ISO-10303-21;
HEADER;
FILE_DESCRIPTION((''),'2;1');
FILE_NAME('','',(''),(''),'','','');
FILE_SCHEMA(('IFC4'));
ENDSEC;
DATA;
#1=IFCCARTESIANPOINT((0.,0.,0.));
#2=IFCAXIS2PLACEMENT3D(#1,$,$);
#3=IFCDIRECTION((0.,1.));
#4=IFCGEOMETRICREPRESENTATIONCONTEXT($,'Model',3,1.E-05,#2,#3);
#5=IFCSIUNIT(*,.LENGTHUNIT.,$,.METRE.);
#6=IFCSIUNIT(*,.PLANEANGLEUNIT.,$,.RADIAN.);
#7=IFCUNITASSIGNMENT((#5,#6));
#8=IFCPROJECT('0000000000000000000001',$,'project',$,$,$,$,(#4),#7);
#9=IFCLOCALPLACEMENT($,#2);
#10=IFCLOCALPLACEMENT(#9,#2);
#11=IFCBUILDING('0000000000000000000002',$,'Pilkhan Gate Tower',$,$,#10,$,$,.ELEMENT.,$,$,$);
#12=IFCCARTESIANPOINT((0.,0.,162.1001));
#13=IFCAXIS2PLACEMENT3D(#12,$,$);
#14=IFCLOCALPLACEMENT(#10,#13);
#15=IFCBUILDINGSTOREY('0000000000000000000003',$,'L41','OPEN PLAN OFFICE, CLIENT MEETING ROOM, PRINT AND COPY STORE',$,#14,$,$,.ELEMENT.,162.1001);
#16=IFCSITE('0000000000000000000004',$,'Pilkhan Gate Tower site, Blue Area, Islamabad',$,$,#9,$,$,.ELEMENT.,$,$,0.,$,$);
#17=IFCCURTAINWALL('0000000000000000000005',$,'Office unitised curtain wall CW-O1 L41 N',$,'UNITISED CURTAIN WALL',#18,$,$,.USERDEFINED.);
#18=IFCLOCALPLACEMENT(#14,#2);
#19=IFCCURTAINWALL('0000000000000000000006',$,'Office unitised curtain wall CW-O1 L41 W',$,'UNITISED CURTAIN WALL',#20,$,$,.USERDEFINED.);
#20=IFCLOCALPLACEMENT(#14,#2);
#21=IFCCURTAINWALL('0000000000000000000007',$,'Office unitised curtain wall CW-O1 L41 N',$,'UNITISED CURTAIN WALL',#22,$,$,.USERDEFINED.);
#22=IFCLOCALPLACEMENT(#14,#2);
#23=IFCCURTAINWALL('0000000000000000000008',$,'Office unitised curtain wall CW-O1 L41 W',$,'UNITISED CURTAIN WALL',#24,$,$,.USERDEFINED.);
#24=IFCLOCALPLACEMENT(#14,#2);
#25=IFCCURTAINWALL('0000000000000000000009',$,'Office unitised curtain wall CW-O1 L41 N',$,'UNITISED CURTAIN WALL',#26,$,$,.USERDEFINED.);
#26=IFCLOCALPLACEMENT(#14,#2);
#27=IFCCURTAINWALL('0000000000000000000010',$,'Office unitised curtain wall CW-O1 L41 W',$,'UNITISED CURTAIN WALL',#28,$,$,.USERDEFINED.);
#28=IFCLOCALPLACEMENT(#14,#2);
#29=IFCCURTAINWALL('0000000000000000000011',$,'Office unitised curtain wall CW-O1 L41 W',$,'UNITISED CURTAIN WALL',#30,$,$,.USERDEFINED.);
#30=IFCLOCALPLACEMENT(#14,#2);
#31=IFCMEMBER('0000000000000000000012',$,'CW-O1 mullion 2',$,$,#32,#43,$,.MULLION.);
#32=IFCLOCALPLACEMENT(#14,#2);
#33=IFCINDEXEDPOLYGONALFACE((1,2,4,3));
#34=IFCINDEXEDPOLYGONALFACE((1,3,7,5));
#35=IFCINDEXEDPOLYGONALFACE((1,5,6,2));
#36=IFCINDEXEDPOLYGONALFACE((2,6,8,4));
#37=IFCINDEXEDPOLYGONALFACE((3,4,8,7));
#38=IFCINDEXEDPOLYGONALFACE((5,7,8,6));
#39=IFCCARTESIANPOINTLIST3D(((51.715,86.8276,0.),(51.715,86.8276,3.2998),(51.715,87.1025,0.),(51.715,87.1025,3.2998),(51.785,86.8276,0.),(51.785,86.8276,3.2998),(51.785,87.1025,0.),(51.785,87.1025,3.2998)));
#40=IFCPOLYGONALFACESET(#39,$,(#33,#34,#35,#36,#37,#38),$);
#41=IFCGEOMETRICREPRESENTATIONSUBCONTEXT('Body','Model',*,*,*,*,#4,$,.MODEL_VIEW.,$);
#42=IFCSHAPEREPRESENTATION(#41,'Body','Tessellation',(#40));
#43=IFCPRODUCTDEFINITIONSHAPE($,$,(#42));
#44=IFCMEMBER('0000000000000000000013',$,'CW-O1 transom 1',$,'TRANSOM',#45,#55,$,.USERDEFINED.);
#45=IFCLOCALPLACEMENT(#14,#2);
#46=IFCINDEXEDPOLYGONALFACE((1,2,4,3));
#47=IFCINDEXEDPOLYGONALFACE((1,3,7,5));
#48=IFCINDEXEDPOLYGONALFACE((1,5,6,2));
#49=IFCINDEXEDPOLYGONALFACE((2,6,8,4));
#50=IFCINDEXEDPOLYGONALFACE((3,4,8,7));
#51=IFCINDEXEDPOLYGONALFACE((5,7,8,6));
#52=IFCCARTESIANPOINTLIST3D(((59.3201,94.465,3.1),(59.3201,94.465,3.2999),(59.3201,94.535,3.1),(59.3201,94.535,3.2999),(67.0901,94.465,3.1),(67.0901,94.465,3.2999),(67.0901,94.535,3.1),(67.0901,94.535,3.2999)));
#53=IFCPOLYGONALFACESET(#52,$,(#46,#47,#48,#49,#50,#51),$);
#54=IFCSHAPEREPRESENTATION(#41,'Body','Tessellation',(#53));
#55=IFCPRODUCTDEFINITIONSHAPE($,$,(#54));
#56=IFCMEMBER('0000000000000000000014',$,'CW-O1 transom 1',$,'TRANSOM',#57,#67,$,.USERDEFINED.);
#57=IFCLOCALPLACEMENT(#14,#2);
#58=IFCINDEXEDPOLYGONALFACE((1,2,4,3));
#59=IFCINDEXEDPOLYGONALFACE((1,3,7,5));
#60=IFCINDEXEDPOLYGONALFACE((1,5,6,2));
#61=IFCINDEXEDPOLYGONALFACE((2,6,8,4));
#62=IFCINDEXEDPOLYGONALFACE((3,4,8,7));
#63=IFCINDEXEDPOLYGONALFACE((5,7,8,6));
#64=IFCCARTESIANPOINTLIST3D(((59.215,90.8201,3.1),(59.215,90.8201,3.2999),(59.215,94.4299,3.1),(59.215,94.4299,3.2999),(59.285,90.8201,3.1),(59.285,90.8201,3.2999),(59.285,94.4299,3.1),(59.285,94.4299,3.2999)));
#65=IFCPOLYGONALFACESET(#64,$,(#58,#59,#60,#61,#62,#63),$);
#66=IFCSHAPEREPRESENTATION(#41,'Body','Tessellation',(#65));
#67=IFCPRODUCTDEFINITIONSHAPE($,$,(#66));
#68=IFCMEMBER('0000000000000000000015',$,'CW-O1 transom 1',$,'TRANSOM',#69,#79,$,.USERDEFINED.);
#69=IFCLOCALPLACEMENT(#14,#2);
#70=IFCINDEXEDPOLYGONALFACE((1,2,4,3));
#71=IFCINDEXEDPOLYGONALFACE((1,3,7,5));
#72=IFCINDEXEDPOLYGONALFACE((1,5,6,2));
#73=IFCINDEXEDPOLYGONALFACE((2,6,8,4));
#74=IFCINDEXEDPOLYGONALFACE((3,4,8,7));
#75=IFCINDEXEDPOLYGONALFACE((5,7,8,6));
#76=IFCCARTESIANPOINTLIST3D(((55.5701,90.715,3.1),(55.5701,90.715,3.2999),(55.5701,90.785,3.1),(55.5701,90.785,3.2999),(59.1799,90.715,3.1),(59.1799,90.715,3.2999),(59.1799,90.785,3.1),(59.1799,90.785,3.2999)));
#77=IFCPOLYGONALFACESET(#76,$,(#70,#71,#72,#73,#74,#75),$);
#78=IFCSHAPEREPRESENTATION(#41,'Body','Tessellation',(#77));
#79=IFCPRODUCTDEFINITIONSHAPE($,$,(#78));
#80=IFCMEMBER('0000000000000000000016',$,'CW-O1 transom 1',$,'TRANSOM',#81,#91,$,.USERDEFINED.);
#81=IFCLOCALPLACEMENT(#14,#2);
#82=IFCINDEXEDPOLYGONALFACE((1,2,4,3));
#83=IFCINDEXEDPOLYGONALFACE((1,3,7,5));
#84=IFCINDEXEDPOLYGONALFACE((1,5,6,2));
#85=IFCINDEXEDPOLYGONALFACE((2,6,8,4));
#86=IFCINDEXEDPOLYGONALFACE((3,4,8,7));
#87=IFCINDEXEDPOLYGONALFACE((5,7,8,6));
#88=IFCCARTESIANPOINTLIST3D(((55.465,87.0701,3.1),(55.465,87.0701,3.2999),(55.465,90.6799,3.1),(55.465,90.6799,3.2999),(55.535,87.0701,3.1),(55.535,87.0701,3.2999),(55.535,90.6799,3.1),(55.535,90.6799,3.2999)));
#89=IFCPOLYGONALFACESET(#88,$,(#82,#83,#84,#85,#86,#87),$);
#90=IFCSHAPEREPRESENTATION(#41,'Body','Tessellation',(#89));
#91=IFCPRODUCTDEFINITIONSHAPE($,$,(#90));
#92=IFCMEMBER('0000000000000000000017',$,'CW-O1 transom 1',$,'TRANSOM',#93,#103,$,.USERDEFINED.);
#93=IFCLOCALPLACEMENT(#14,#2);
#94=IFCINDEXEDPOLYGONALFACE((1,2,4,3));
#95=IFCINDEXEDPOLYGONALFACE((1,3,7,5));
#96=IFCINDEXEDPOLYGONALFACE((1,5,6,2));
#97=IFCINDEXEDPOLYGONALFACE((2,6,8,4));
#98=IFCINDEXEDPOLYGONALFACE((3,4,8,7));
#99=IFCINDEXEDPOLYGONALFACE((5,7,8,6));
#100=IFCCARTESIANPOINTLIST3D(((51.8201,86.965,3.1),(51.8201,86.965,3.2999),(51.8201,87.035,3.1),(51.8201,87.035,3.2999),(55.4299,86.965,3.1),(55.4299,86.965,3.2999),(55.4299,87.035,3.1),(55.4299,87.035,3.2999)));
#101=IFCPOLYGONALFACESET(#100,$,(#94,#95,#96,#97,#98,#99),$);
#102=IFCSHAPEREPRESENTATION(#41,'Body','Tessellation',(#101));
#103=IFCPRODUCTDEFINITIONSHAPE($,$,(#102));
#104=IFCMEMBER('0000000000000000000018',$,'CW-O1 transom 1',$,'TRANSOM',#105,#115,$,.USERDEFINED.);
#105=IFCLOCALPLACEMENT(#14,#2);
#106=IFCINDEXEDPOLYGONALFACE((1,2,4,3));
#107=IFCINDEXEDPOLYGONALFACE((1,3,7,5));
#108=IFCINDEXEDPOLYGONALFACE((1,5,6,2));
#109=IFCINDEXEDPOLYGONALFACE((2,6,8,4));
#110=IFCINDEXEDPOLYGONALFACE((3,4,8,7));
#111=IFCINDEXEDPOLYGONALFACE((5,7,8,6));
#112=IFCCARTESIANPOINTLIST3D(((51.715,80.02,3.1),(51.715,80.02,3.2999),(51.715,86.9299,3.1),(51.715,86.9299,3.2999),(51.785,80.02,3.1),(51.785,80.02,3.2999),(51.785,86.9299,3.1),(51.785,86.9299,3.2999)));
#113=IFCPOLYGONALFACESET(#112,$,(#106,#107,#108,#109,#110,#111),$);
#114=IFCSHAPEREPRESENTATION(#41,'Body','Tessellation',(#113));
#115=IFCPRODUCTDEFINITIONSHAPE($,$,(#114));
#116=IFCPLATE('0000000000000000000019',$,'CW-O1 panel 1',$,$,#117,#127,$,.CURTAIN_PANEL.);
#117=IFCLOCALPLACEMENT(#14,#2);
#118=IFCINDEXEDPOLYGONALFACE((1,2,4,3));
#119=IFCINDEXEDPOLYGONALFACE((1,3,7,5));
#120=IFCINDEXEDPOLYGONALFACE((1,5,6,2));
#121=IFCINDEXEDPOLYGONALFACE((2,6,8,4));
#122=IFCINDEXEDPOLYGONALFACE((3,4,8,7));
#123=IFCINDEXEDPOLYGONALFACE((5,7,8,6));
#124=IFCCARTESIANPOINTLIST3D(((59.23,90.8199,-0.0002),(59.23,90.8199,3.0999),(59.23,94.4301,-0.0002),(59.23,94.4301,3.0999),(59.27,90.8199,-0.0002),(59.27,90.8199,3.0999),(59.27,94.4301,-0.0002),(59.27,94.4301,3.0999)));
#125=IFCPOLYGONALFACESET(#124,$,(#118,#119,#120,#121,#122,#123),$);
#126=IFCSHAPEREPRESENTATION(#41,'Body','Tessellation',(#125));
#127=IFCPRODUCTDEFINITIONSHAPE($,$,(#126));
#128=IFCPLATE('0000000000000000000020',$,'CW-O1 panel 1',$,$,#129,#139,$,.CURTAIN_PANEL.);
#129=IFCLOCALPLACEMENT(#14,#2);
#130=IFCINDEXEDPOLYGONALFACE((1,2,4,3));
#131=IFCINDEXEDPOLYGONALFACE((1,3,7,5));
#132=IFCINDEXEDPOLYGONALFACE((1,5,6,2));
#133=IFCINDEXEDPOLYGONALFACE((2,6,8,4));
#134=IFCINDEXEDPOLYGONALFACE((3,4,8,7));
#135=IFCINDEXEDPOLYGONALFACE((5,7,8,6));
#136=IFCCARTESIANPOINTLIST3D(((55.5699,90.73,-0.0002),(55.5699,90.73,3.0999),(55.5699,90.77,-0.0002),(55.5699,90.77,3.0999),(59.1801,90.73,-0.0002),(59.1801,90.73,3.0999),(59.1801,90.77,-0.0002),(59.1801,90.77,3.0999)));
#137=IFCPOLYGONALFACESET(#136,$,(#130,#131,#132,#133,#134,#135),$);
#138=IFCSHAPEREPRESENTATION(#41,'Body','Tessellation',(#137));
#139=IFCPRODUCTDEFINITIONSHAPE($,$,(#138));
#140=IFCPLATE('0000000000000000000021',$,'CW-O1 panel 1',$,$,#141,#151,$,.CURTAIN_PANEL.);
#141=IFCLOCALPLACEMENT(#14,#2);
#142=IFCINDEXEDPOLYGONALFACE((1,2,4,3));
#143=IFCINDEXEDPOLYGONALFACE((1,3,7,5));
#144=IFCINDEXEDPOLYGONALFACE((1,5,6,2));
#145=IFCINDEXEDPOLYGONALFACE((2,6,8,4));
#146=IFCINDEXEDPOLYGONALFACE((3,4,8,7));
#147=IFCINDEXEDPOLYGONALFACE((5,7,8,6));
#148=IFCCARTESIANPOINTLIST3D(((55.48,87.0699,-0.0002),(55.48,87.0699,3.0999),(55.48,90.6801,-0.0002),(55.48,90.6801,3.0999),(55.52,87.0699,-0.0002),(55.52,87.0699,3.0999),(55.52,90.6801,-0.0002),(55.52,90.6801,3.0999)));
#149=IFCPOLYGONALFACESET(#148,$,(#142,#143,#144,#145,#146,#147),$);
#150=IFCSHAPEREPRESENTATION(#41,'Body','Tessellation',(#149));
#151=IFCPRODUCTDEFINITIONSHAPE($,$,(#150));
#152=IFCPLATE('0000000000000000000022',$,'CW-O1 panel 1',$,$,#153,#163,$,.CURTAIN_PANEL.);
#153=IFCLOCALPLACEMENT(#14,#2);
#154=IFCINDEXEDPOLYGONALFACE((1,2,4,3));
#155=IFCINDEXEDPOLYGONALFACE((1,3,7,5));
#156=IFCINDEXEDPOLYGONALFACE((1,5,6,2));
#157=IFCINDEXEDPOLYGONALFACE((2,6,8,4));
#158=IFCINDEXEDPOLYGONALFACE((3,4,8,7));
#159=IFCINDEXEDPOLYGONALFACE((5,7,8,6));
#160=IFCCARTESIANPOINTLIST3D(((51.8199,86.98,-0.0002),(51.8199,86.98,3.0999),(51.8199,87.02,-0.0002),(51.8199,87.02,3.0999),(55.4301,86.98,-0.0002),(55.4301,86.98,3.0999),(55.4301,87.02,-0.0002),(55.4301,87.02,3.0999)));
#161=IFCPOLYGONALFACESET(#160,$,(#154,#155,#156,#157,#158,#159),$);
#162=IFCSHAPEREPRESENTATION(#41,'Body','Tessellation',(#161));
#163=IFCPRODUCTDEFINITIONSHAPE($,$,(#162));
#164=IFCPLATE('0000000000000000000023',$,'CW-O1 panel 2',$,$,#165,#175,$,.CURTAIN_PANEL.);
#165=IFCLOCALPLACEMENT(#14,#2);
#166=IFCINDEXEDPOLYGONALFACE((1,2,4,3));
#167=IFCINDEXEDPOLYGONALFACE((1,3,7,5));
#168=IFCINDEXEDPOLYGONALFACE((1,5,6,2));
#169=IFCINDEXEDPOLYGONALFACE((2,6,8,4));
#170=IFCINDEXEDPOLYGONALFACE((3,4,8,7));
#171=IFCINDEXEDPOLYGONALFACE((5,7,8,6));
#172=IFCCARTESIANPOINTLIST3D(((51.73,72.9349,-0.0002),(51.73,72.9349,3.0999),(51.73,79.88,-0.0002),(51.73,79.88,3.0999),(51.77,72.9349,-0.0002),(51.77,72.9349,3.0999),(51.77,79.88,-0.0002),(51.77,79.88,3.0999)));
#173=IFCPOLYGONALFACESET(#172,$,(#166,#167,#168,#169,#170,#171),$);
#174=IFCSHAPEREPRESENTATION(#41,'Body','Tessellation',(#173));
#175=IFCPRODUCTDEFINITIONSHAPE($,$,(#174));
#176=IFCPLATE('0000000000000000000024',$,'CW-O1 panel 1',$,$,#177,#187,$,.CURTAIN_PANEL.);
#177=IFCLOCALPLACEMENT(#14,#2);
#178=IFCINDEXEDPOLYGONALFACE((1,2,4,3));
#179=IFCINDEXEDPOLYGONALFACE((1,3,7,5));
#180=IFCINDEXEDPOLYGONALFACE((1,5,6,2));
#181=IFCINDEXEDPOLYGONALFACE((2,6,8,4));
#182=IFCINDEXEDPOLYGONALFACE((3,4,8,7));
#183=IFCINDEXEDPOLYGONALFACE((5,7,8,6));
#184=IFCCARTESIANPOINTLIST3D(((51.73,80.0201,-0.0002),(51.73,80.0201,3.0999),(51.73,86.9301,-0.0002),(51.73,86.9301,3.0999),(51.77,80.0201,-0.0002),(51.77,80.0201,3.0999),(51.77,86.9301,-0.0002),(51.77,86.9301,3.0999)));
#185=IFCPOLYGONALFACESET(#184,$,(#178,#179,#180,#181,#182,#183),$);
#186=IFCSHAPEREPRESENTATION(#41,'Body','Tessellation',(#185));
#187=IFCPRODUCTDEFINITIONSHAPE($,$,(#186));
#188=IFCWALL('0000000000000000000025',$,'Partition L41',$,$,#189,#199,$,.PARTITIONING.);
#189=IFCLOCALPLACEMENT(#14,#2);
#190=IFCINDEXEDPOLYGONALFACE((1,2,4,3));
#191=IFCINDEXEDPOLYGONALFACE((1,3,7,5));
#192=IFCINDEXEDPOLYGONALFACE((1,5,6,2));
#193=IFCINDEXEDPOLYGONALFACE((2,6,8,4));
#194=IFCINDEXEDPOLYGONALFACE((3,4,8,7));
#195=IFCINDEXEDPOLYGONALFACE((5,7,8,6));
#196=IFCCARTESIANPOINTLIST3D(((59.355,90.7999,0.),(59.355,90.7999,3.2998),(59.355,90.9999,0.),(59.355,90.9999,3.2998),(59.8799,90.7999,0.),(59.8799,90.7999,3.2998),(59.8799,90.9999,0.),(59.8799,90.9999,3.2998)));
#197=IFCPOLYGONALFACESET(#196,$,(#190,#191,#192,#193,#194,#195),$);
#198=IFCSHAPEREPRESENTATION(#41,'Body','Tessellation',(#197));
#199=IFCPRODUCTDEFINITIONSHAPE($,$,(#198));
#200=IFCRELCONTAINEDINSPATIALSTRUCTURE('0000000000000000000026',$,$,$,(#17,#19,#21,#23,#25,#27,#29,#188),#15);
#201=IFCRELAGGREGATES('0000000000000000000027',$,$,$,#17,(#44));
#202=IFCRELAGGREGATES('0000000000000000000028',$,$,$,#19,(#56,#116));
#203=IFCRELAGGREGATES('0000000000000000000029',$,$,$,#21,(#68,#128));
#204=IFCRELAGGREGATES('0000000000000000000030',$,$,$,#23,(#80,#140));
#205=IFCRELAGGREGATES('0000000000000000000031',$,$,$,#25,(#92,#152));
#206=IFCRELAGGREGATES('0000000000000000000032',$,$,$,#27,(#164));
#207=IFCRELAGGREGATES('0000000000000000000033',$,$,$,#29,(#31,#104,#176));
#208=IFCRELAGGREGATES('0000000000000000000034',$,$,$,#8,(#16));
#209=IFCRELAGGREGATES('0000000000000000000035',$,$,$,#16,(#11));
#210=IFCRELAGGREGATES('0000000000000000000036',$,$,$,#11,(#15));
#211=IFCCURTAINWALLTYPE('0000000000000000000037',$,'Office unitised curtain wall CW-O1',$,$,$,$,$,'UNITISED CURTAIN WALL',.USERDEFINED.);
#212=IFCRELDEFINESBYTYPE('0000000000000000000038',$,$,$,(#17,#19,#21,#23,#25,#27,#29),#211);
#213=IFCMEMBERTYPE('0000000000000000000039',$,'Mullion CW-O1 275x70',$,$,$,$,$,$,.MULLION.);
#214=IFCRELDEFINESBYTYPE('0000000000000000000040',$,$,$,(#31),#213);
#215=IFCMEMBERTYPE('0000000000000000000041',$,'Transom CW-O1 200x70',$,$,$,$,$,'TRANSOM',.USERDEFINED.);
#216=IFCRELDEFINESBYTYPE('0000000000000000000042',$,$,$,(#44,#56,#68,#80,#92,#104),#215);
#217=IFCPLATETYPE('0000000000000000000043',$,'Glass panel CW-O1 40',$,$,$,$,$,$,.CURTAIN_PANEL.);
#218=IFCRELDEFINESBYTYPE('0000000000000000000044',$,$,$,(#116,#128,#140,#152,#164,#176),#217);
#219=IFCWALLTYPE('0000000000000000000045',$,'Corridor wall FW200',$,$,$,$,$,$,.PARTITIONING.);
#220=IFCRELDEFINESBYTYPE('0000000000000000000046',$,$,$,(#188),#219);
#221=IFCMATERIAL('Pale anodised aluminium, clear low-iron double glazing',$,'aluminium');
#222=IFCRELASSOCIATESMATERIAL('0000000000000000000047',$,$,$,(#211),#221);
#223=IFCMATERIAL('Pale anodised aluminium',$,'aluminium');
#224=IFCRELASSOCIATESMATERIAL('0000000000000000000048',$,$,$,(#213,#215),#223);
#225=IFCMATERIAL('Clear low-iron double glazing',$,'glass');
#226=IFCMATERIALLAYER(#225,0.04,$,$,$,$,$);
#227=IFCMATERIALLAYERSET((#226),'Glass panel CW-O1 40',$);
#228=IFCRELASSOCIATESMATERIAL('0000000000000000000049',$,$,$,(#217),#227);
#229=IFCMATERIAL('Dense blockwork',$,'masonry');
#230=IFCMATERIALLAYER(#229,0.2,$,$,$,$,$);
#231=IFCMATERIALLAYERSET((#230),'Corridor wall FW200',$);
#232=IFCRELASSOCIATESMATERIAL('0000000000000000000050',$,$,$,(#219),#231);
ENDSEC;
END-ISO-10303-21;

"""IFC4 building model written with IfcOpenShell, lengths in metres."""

from ifc_helpers import new_model, si_unit, direction, frame, frame_2d, origin, origin_2d, place, context, subcontext, project, spatial, rectangle, extrude, material, layer, layer_set, material_profile, profile_set, type_object, element, aggregate, save


model = new_model("IFC4")

# Units and contexts
model_context = context("Model", 3, precision=1e-05, world=origin(), true_north=direction((0.0, 1.0)))
body_context = subcontext(model_context, "Body", "Model", "MODEL_VIEW")
ifc_project = project(units=[si_unit("LENGTHUNIT", "METRE"), si_unit("PLANEANGLEUNIT", "RADIAN")], contexts=[model_context])

# Site, building, storey
site_placement = place(None, origin())
site = spatial("IfcSite", under=ifc_project, at=site_placement, Name="Pilkhan Gate Tower site, Blue Area, Islamabad", CompositionType="ELEMENT", RefElevation=0.0)
building_placement = place(site_placement, origin())
building = spatial("IfcBuilding", under=site, at=building_placement, Name="Pilkhan Gate Tower", CompositionType="ELEMENT")
storey_placement = place(building_placement, frame((0.0, 0.0, 162.1001)))
storey = spatial("IfcBuildingStorey", under=building, at=storey_placement, Name="L41", Description="OPEN PLAN OFFICE, CLIENT MEETING ROOM, PRINT AND COPY STORE", CompositionType="ELEMENT", Elevation=162.1001)

# Curtain wall
ifc_material_1 = material(Name="Pale anodised aluminium, clear low-iron double glazing", Category="aluminium")
curtain_wall_type = type_object("IfcCurtainWallType", Name="Office unitised curtain wall CW-O1", ElementType="UNITISED CURTAIN WALL", PredefinedType="USERDEFINED", material=ifc_material_1)
curtain_wall_1_placement = place(storey_placement, origin())
curtain_wall_1 = element("IfcCurtainWall", 1, at=curtain_wall_1_placement, inside=storey, type_object=curtain_wall_type, Name="Office unitised curtain wall CW-O1 L41 N", ObjectType="UNITISED CURTAIN WALL", PredefinedType="USERDEFINED")
ifc_material_2 = material(Name="Pale anodised aluminium", Category="aluminium")
ifc_material_profile_1 = material_profile(ifc_material_2, rectangle(XDim=0.0701, YDim=0.2749, at=origin_2d()), Name="Mullion 275x70")
ifc_profile_set_1 = profile_set([ifc_material_profile_1], Name="Pale anodised aluminium")
member_type_1 = type_object("IfcMemberType", Name="Mullion CW-O1 275x70", PredefinedType="MULLION", material=ifc_profile_set_1)

# Curtain walls
curtain_wall_2_placement = place(storey_placement, origin())
curtain_wall_2 = element("IfcCurtainWall", 2, at=curtain_wall_2_placement, inside=storey, type_object=curtain_wall_type, Name="Office unitised curtain wall CW-O1 L41 W", ObjectType="UNITISED CURTAIN WALL", PredefinedType="USERDEFINED")
curtain_wall_3_placement = place(storey_placement, origin())
curtain_wall_3 = element("IfcCurtainWall", 3, at=curtain_wall_3_placement, inside=storey, type_object=curtain_wall_type, Name="Office unitised curtain wall CW-O1 L41 N", ObjectType="UNITISED CURTAIN WALL", PredefinedType="USERDEFINED")
curtain_wall_4_placement = place(storey_placement, origin())
curtain_wall_4 = element("IfcCurtainWall", 4, at=curtain_wall_4_placement, inside=storey, type_object=curtain_wall_type, Name="Office unitised curtain wall CW-O1 L41 W", ObjectType="UNITISED CURTAIN WALL", PredefinedType="USERDEFINED")
curtain_wall_5_placement = place(storey_placement, origin())
curtain_wall_5 = element("IfcCurtainWall", 5, at=curtain_wall_5_placement, inside=storey, type_object=curtain_wall_type, Name="Office unitised curtain wall CW-O1 L41 N", ObjectType="UNITISED CURTAIN WALL", PredefinedType="USERDEFINED")

# Curtain wall
curtain_wall_6_placement = place(storey_placement, origin())
curtain_wall_6 = element("IfcCurtainWall", 6, at=curtain_wall_6_placement, inside=storey, type_object=curtain_wall_type, Name="Office unitised curtain wall CW-O1 L41 W", ObjectType="UNITISED CURTAIN WALL", PredefinedType="USERDEFINED")

# Curtain wall, member
curtain_wall_7_placement = place(storey_placement, origin())
curtain_wall_7 = element("IfcCurtainWall", 7, at=curtain_wall_7_placement, inside=storey, type_object=curtain_wall_type, Name="Office unitised curtain wall CW-O1 L41 W", ObjectType="UNITISED CURTAIN WALL", PredefinedType="USERDEFINED")
member_1_placement = place(storey_placement, frame((51.75, 86.9651, 0.0), z_axis=(0.0, 0.0, 1.0), x_axis=(-1.0, 0.0, 0.0)))
member_1 = element("IfcMember", 8, at=member_1_placement, type_object=member_type_1, Name="CW-O1 mullion 2", PredefinedType="MULLION", context=body_context, shape_type="SweptSolid", body=[
    extrude(rectangle(XDim=0.0701, YDim=0.2749, at=origin_2d()), origin(), (0.0, 0.0, 1.0), 3.2998),
])

# Members
ifc_material_profile_2 = material_profile(ifc_material_2, rectangle(XDim=0.0701, YDim=0.2, at=origin_2d()), Name="Transom 200x70")
ifc_profile_set_2 = profile_set([ifc_material_profile_2], Name="Pale anodised aluminium")
member_type_2 = type_object("IfcMemberType", Name="Transom CW-O1 200x70", ElementType="TRANSOM", PredefinedType="USERDEFINED", material=ifc_profile_set_2)
member_2_placement = place(storey_placement, frame((59.3201, 94.5, 3.2), z_axis=(1.0, 0.0, 0.0), x_axis=(0.0, 1.0, 0.0)))
member_2 = element("IfcMember", 9, at=member_2_placement, type_object=member_type_2, Name="CW-O1 transom 1", ObjectType="TRANSOM", PredefinedType="USERDEFINED", context=body_context, shape_type="SweptSolid", body=[
    extrude(rectangle(XDim=0.0701, YDim=0.2, at=origin_2d()), origin(), (0.0, 0.0, 1.0), 7.77),
])
aggregate(curtain_wall_1, [member_2])
member_3_placement = place(storey_placement, frame((59.25, 90.8201, 3.2), z_axis=(0.0, 1.0, 0.0), x_axis=(-1.0, 0.0, 0.0)))
member_3 = element("IfcMember", 10, at=member_3_placement, type_object=member_type_2, Name="CW-O1 transom 1", ObjectType="TRANSOM", PredefinedType="USERDEFINED", context=body_context, shape_type="SweptSolid", body=[
    extrude(rectangle(XDim=0.0701, YDim=0.2, at=origin_2d()), origin(), (0.0, 0.0, 1.0), 3.6099),
])
member_4_placement = place(storey_placement, frame((55.5701, 90.75, 3.2), z_axis=(1.0, 0.0, 0.0), x_axis=(0.0, 1.0, 0.0)))
member_4 = element("IfcMember", 11, at=member_4_placement, type_object=member_type_2, Name="CW-O1 transom 1", ObjectType="TRANSOM", PredefinedType="USERDEFINED", context=body_context, shape_type="SweptSolid", body=[
    extrude(rectangle(XDim=0.0701, YDim=0.2, at=origin_2d()), origin(), (0.0, 0.0, 1.0), 3.6099),
])
member_5_placement = place(storey_placement, frame((55.5, 87.0701, 3.2), z_axis=(0.0, 1.0, 0.0), x_axis=(-1.0, 0.0, 0.0)))
member_5 = element("IfcMember", 12, at=member_5_placement, type_object=member_type_2, Name="CW-O1 transom 1", ObjectType="TRANSOM", PredefinedType="USERDEFINED", context=body_context, shape_type="SweptSolid", body=[
    extrude(rectangle(XDim=0.0701, YDim=0.2, at=origin_2d()), origin(), (0.0, 0.0, 1.0), 3.6099),
])
member_6_placement = place(storey_placement, frame((51.8201, 87.0, 3.2), z_axis=(1.0, 0.0, 0.0), x_axis=(0.0, 1.0, 0.0)))
member_6 = element("IfcMember", 13, at=member_6_placement, type_object=member_type_2, Name="CW-O1 transom 1", ObjectType="TRANSOM", PredefinedType="USERDEFINED", context=body_context, shape_type="SweptSolid", body=[
    extrude(rectangle(XDim=0.0701, YDim=0.2, at=origin_2d()), origin(), (0.0, 0.0, 1.0), 3.6099),
])
member_7_placement = place(storey_placement, frame((51.75, 80.02, 3.2), z_axis=(0.0, 1.0, 0.0), x_axis=(-1.0, 0.0, 0.0)))
member_7 = element("IfcMember", 14, at=member_7_placement, type_object=member_type_2, Name="CW-O1 transom 1", ObjectType="TRANSOM", PredefinedType="USERDEFINED", context=body_context, shape_type="SweptSolid", body=[
    extrude(rectangle(XDim=0.0701, YDim=0.2, at=origin_2d()), origin(), (0.0, 0.0, 1.0), 6.9099),
])

# Plates
ifc_material_3 = material(Name="Clear low-iron double glazing", Category="glass")
ifc_layer_1 = layer(ifc_material_3, 0.04)
ifc_layer_set_1 = layer_set([ifc_layer_1], Name="Glass panel CW-O1 40")
plate_type = type_object("IfcPlateType", Name="Glass panel CW-O1 40", PredefinedType="CURTAIN_PANEL", material=ifc_layer_set_1)
plate_1_placement = place(storey_placement, frame((59.25, 92.625, -0.0002), z_axis=(0.0, 0.0, 1.0), x_axis=(0.0, 1.0, 0.0)))
plate_1 = element("IfcPlate", 15, at=plate_1_placement, type_object=plate_type, Name="CW-O1 panel 1", PredefinedType="CURTAIN_PANEL", context=body_context, shape_type="SweptSolid", body=[
    extrude(rectangle(XDim=3.6101, YDim=0.04, at=origin_2d()), origin(), (0.0, 0.0, 1.0), 3.1001),
])
aggregate(curtain_wall_2, [member_3, plate_1])
plate_2_placement = place(storey_placement, frame((57.375, 90.75, -0.0002), z_axis=(0.0, 0.0, 1.0), x_axis=(1.0, 0.0, 0.0)))
plate_2 = element("IfcPlate", 16, at=plate_2_placement, type_object=plate_type, Name="CW-O1 panel 1", PredefinedType="CURTAIN_PANEL", context=body_context, shape_type="SweptSolid", body=[
    extrude(rectangle(XDim=3.6101, YDim=0.04, at=origin_2d()), origin(), (0.0, 0.0, 1.0), 3.1001),
])
aggregate(curtain_wall_3, [member_4, plate_2])
plate_3_placement = place(storey_placement, frame((55.5, 88.875, -0.0002), z_axis=(0.0, 0.0, 1.0), x_axis=(0.0, 1.0, 0.0)))
plate_3 = element("IfcPlate", 17, at=plate_3_placement, type_object=plate_type, Name="CW-O1 panel 1", PredefinedType="CURTAIN_PANEL", context=body_context, shape_type="SweptSolid", body=[
    extrude(rectangle(XDim=3.6101, YDim=0.04, at=origin_2d()), origin(), (0.0, 0.0, 1.0), 3.1001),
])
aggregate(curtain_wall_4, [member_5, plate_3])
plate_4_placement = place(storey_placement, frame((53.625, 87.0, -0.0002), z_axis=(0.0, 0.0, 1.0), x_axis=(1.0, 0.0, 0.0)))
plate_4 = element("IfcPlate", 18, at=plate_4_placement, type_object=plate_type, Name="CW-O1 panel 1", PredefinedType="CURTAIN_PANEL", context=body_context, shape_type="SweptSolid", body=[
    extrude(rectangle(XDim=3.6101, YDim=0.04, at=origin_2d()), origin(), (0.0, 0.0, 1.0), 3.1001),
])
aggregate(curtain_wall_5, [member_6, plate_4])
plate_5_placement = place(storey_placement, frame((51.75, 76.4075, -0.0002), z_axis=(0.0, 0.0, 1.0), x_axis=(0.0, 1.0, 0.0)))
plate_5 = element("IfcPlate", 19, at=plate_5_placement, type_object=plate_type, Name="CW-O1 panel 2", PredefinedType="CURTAIN_PANEL", context=body_context, shape_type="SweptSolid", body=[
    extrude(rectangle(XDim=6.9451, YDim=0.04, at=origin_2d()), origin(), (0.0, 0.0, 1.0), 3.1001),
])
aggregate(curtain_wall_6, [plate_5])
plate_6_placement = place(storey_placement, frame((51.75, 83.4751, -0.0002), z_axis=(0.0, 0.0, 1.0), x_axis=(0.0, 1.0, 0.0)))
plate_6 = element("IfcPlate", 20, at=plate_6_placement, type_object=plate_type, Name="CW-O1 panel 1", PredefinedType="CURTAIN_PANEL", context=body_context, shape_type="SweptSolid", body=[
    extrude(rectangle(XDim=6.9099, YDim=0.04, at=origin_2d()), origin(), (0.0, 0.0, 1.0), 3.1001),
])
aggregate(curtain_wall_7, [member_1, member_7, plate_6])

# Wall
ifc_material_4 = material(Name="Dense blockwork", Category="masonry")
ifc_layer_2 = layer(ifc_material_4, 0.2)
ifc_layer_set_2 = layer_set([ifc_layer_2], Name="Corridor wall FW200")
wall_type_1 = type_object("IfcWallType", Name="Corridor wall FW200", PredefinedType="PARTITIONING", material=ifc_layer_set_2)
wall_1_placement = place(storey_placement, frame((59.355, 90.8999, 0.0), z_axis=(0.0, 0.0, 1.0), x_axis=(1.0, 0.0, 0.0)))
element("IfcWall", 21, at=wall_1_placement, inside=storey, type_object=wall_type_1, Name="Partition L41", PredefinedType="PARTITIONING", context=body_context, shape_type="SweptSolid", body=[
    extrude(rectangle(XDim=0.5249, YDim=0.2, at=frame_2d((0.2625, 0.0))), origin(), (0.0, 0.0, 1.0), 3.2998),
])

save(model, "model.ifc")
